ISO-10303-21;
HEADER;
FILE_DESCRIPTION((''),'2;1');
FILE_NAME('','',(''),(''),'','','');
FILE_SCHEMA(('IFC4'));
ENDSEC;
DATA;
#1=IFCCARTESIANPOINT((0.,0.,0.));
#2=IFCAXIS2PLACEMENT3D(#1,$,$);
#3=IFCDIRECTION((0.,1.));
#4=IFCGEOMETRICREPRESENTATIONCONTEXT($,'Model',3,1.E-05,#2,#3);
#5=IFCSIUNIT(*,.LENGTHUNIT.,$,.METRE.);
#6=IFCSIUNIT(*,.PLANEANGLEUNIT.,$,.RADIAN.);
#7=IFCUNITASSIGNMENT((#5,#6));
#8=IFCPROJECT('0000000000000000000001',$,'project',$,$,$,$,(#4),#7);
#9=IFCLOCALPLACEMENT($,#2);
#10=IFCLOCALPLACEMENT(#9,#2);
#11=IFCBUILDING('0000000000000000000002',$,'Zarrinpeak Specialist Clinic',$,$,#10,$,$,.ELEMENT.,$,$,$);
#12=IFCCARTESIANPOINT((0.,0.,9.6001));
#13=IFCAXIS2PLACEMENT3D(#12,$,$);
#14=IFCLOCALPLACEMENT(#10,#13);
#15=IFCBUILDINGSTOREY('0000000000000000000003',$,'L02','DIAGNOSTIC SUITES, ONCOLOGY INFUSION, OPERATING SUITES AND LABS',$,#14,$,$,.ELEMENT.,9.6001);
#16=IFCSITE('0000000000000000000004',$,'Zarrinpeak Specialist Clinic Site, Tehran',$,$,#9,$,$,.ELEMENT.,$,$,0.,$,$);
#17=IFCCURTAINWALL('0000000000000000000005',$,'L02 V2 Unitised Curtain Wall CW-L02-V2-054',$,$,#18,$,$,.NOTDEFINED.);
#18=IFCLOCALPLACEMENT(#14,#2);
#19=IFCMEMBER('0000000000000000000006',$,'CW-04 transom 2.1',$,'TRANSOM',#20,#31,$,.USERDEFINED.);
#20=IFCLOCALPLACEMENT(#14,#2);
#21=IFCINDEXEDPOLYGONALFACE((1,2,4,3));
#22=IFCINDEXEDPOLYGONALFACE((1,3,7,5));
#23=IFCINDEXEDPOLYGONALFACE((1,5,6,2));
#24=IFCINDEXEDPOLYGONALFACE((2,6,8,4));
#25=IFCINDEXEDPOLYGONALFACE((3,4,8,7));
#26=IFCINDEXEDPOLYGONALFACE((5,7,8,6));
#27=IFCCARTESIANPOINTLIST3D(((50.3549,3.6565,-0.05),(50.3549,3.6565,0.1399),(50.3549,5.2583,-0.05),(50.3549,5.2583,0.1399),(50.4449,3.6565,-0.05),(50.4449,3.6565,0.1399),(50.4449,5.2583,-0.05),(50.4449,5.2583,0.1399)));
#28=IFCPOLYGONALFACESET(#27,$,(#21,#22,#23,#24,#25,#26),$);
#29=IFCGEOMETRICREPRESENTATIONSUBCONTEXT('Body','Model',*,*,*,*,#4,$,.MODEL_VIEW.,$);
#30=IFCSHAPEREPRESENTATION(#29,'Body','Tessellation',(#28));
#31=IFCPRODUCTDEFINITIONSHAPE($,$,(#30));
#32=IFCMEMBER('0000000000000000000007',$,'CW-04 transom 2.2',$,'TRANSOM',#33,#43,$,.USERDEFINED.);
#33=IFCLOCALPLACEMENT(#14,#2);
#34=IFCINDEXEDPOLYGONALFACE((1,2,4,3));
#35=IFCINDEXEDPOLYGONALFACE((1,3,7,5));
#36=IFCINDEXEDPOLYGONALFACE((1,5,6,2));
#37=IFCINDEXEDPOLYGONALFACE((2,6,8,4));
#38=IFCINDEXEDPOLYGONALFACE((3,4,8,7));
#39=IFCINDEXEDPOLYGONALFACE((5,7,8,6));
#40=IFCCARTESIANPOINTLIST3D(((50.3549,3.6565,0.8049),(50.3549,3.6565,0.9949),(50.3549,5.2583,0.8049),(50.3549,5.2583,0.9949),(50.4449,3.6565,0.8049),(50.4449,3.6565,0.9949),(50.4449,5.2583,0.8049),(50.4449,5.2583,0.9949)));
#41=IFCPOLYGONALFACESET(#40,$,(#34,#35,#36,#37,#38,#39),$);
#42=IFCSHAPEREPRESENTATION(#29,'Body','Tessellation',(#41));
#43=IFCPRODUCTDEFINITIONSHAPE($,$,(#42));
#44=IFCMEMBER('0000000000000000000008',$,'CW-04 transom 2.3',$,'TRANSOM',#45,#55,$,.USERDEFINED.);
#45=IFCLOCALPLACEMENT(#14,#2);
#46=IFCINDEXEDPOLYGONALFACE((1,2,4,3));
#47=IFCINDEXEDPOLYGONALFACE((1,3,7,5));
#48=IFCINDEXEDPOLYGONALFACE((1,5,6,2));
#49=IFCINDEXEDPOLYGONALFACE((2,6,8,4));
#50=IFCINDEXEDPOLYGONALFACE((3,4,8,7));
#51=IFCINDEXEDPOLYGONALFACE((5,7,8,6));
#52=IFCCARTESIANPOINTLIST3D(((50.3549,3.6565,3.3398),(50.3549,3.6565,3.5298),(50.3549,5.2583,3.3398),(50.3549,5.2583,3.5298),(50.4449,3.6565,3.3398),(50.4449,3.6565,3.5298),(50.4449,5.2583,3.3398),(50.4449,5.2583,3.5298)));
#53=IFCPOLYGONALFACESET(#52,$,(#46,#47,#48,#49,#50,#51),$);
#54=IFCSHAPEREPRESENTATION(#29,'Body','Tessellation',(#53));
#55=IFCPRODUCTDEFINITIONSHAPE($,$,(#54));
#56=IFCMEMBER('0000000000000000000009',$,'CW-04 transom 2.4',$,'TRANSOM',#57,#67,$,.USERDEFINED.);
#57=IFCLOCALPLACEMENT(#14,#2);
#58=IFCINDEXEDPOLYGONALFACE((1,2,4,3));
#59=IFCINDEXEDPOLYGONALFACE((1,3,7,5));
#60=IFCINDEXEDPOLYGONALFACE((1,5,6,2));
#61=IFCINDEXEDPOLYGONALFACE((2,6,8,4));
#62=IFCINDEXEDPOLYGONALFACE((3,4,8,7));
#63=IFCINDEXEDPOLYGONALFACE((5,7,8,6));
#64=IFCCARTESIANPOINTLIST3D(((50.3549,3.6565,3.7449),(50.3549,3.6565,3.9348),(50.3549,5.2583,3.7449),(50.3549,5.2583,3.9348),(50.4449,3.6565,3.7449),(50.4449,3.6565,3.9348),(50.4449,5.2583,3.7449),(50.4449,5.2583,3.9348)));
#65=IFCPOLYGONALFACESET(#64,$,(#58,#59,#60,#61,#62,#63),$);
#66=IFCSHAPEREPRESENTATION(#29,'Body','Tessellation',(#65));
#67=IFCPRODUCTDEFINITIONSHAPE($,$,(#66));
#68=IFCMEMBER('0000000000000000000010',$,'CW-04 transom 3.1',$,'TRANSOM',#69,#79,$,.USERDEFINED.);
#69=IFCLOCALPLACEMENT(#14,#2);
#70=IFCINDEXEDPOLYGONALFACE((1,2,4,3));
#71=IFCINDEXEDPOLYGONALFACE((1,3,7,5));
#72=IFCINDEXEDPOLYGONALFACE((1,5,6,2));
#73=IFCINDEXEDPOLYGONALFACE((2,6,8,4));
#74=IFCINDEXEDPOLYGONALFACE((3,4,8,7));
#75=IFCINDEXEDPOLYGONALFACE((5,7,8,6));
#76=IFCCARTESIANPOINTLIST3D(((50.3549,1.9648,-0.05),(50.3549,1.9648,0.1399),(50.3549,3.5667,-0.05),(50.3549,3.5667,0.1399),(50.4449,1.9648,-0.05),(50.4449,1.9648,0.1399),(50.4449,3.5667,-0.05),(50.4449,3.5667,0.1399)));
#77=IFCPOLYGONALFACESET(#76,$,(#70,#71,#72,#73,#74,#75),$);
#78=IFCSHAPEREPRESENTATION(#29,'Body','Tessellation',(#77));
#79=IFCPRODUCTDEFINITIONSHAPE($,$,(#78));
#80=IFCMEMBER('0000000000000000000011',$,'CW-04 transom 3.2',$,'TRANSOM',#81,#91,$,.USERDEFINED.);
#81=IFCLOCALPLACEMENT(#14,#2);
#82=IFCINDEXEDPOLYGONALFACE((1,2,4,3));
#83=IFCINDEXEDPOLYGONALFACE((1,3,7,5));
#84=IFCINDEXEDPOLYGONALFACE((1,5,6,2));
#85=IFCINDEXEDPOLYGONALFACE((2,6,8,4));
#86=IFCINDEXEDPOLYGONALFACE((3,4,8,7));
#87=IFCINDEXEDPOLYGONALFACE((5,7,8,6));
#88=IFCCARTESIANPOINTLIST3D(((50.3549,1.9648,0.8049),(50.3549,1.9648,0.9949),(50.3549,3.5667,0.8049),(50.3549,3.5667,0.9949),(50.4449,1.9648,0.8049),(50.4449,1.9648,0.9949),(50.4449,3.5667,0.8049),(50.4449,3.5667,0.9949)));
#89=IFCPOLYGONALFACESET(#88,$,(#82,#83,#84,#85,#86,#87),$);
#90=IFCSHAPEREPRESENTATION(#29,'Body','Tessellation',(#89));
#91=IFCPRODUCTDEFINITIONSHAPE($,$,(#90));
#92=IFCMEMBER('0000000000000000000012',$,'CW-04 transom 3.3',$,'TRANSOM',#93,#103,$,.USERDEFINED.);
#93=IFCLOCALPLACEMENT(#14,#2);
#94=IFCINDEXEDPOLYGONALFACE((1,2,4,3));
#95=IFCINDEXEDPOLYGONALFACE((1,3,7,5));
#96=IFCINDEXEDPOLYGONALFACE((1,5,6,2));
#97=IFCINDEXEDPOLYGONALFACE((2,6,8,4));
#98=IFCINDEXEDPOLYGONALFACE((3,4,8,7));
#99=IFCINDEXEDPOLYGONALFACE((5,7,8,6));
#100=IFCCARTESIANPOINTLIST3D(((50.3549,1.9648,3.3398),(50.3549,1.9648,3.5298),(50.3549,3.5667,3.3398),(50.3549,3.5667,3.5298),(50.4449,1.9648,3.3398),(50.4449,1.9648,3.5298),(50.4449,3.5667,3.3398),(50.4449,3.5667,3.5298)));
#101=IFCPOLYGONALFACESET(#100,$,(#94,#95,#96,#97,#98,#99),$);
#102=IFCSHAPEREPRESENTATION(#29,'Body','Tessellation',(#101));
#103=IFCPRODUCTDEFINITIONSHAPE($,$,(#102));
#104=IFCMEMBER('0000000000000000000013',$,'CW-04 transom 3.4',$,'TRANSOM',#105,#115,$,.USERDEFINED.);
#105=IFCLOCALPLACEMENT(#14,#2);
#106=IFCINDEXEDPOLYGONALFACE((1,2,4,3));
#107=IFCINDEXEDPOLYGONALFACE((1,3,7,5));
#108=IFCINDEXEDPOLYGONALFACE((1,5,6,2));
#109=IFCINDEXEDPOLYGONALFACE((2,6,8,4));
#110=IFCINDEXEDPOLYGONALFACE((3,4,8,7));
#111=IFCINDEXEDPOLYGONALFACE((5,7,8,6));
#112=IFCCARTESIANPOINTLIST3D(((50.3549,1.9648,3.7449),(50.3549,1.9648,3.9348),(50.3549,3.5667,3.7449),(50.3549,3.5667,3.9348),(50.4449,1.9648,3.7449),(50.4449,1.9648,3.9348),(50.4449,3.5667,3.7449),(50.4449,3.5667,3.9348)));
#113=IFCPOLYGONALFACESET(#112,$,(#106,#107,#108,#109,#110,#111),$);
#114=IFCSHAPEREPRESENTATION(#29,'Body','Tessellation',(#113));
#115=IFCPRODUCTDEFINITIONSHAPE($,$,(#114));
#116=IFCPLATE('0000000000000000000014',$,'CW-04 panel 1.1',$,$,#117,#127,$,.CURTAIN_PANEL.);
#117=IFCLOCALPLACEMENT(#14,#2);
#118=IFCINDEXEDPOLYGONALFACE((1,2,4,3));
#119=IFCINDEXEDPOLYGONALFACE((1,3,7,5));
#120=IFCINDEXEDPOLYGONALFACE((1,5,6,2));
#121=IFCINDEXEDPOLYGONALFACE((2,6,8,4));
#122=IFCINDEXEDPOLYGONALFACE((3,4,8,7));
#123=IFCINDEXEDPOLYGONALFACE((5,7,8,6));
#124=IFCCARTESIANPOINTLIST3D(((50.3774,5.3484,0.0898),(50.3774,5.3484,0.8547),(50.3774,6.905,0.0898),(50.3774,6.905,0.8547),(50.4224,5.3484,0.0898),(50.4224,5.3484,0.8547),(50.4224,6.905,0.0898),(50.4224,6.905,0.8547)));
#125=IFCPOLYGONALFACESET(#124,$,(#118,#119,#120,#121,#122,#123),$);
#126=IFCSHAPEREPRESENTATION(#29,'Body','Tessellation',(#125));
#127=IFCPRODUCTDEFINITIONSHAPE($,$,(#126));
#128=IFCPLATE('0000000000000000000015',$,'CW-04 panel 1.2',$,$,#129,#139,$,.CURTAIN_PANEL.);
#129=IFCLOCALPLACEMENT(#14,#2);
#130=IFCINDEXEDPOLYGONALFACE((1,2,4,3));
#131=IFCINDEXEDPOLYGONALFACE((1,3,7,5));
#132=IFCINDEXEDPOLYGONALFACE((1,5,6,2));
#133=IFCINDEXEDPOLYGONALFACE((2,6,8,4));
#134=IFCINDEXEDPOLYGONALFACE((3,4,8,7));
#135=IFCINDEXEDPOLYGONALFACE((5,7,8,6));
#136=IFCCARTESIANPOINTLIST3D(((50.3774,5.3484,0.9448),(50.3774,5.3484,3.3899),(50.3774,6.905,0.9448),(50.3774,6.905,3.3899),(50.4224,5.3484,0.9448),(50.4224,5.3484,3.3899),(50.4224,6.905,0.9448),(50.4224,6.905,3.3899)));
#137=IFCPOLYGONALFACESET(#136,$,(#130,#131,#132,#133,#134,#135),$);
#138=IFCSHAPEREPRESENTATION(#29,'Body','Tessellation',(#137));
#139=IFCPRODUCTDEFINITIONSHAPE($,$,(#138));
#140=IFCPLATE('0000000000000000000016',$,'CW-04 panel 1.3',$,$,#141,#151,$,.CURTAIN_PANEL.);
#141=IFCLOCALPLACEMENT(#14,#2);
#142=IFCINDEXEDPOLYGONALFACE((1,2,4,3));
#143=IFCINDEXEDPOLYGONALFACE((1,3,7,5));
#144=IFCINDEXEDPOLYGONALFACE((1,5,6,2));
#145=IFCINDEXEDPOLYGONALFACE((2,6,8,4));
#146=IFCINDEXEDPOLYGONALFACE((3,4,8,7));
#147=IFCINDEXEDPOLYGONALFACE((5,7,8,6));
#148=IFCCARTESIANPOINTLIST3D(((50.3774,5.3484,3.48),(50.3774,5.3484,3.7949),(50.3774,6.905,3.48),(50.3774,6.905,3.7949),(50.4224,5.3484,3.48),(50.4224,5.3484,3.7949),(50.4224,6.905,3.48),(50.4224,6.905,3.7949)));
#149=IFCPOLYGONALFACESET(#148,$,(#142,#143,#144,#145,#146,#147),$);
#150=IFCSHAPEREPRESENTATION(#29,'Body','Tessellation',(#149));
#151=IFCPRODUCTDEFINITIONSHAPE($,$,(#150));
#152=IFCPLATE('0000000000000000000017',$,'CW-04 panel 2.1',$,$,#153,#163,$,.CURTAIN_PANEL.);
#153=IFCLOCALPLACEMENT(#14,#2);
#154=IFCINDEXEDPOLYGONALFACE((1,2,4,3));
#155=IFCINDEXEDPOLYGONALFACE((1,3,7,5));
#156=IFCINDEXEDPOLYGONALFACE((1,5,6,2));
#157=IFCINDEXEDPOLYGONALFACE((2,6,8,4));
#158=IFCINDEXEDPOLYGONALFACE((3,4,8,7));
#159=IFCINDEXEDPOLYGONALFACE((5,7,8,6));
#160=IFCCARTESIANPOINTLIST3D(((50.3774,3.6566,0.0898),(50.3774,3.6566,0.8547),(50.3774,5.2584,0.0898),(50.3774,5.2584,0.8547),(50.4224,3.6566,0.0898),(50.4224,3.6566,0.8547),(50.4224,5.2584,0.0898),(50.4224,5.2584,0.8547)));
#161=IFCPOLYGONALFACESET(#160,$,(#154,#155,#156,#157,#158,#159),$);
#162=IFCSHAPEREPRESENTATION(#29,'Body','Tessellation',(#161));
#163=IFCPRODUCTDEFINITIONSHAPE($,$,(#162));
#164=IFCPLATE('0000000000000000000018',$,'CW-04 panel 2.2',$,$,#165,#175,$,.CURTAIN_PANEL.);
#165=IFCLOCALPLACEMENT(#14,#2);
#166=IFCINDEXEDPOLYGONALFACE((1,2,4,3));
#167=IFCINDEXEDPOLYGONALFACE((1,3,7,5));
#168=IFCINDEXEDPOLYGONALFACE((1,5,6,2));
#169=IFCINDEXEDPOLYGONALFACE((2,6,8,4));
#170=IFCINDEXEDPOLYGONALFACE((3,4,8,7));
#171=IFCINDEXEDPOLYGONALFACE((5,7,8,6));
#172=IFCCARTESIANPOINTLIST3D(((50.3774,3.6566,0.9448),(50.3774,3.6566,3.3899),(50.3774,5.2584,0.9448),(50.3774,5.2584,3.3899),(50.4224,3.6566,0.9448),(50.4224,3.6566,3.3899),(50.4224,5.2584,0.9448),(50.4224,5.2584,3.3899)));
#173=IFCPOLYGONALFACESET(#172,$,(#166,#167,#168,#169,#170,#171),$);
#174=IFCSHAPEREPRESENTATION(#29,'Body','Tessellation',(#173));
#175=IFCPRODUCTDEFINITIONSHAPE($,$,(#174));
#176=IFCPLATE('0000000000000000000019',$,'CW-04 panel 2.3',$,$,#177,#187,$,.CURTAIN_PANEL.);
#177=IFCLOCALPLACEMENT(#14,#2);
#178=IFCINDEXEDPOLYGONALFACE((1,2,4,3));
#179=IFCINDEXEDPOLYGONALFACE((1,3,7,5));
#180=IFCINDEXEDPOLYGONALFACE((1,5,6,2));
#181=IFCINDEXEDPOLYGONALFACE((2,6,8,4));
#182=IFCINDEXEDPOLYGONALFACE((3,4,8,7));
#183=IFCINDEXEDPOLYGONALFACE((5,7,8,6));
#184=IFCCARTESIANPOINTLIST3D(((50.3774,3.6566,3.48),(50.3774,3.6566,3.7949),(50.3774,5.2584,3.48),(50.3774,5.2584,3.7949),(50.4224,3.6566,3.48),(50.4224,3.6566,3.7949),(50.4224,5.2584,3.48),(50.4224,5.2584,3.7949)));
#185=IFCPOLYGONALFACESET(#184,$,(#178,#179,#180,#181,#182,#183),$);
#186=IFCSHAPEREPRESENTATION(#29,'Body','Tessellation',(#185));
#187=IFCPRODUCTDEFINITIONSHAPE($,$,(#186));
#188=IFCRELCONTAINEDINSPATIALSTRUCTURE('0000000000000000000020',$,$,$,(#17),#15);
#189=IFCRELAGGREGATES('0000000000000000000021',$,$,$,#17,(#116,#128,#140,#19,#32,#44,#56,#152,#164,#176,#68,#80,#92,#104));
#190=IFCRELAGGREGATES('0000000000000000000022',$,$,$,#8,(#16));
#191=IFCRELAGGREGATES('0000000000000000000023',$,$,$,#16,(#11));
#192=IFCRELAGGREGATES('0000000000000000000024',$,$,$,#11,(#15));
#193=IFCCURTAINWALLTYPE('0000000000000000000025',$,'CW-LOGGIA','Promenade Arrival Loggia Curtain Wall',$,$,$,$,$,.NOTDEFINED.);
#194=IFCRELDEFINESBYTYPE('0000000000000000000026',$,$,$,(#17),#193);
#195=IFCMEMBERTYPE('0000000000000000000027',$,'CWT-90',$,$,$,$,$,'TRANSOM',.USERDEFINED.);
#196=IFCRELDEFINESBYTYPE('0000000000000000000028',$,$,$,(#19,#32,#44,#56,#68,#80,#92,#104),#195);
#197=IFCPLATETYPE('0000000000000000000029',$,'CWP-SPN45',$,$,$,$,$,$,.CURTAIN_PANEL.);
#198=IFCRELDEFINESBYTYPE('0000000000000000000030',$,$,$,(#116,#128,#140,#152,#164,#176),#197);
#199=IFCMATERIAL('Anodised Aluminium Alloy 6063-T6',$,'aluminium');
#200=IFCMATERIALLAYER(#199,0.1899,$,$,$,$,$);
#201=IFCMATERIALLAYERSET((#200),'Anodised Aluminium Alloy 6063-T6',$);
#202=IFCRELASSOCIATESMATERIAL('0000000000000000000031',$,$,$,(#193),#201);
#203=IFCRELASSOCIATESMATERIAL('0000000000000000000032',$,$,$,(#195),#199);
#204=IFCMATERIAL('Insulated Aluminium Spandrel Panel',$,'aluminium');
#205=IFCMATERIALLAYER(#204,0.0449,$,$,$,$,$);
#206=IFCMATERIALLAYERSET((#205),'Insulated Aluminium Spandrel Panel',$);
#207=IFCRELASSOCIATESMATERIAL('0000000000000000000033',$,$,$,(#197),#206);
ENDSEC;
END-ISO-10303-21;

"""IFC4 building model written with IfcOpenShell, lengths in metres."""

from ifc_helpers import new_model, si_unit, direction, frame, origin, origin_2d, place, context, subcontext, project, spatial, rectangle, extrude, material, layer, layer_set, material_profile, profile_set, type_object, element, aggregate, save


model = new_model("IFC4")

# Units and contexts
model_context = context("Model", 3, precision=1e-05, world=origin(), true_north=direction((0.0, 1.0)))
body_context = subcontext(model_context, "Body", "Model", "MODEL_VIEW")
ifc_project = project(units=[si_unit("LENGTHUNIT", "METRE"), si_unit("PLANEANGLEUNIT", "RADIAN")], contexts=[model_context])

# Site, building, storey
site_placement = place(None, origin())
site = spatial("IfcSite", under=ifc_project, at=site_placement, Name="Zarrinpeak Specialist Clinic Site, Tehran", CompositionType="ELEMENT", RefElevation=0.0)
building_placement = place(site_placement, origin())
building = spatial("IfcBuilding", under=site, at=building_placement, Name="Zarrinpeak Specialist Clinic", CompositionType="ELEMENT")
storey_placement = place(building_placement, frame((0.0, 0.0, 9.6001)))
storey = spatial("IfcBuildingStorey", under=building, at=storey_placement, Name="L02", Description="DIAGNOSTIC SUITES, ONCOLOGY INFUSION, OPERATING SUITES AND LABS", CompositionType="ELEMENT", Elevation=9.6001)

# Curtain wall, members, plates
ifc_material_1 = material(Name="Anodised Aluminium Alloy 6063-T6", Category="aluminium")
ifc_layer_1 = layer(ifc_material_1, 0.1899)
ifc_layer_set_1 = layer_set([ifc_layer_1], Name="Anodised Aluminium Alloy 6063-T6")
curtain_wall_type = type_object("IfcCurtainWallType", Name="CW-LOGGIA", Description="Promenade Arrival Loggia Curtain Wall", PredefinedType="NOTDEFINED", material=ifc_layer_set_1)
curtain_wall_placement = place(storey_placement, origin())
curtain_wall = element("IfcCurtainWall", 1, at=curtain_wall_placement, inside=storey, type_object=curtain_wall_type, Name="L02 V2 Unitised Curtain Wall CW-L02-V2-054", PredefinedType="NOTDEFINED")
ifc_material_profile_1 = material_profile(ifc_material_1, rectangle(XDim=0.0901, YDim=0.1899, at=origin_2d()), Name="ALU 90x190")
ifc_profile_set_1 = profile_set([ifc_material_profile_1], Name="Anodised Aluminium Alloy 6063-T6")
member_type_1 = type_object("IfcMemberType", Name="CWT-90", ElementType="TRANSOM", PredefinedType="USERDEFINED", material=ifc_profile_set_1)
member_1_placement = place(storey_placement, frame((50.3999, 5.2583, 0.0449), z_axis=(0.0, -1.0, 0.0), x_axis=(1.0, 0.0, 0.0)))
member_1 = element("IfcMember", 2, at=member_1_placement, type_object=member_type_1, Name="CW-04 transom 2.1", ObjectType="TRANSOM", PredefinedType="USERDEFINED", context=body_context, shape_type="SweptSolid", body=[
    extrude(rectangle(XDim=0.0901, YDim=0.1899, at=origin_2d()), origin(), (0.0, 0.0, 1.0), 1.6018),
])
member_2_placement = place(storey_placement, frame((50.3999, 5.2583, 0.8999), z_axis=(0.0, -1.0, 0.0), x_axis=(1.0, 0.0, 0.0)))
member_2 = element("IfcMember", 3, at=member_2_placement, type_object=member_type_1, Name="CW-04 transom 2.2", ObjectType="TRANSOM", PredefinedType="USERDEFINED", context=body_context, shape_type="SweptSolid", body=[
    extrude(rectangle(XDim=0.0901, YDim=0.1899, at=origin_2d()), origin(), (0.0, 0.0, 1.0), 1.6018),
])
member_3_placement = place(storey_placement, frame((50.3999, 5.2583, 3.4348), z_axis=(0.0, -1.0, 0.0), x_axis=(1.0, 0.0, 0.0)))
member_3 = element("IfcMember", 4, at=member_3_placement, type_object=member_type_1, Name="CW-04 transom 2.3", ObjectType="TRANSOM", PredefinedType="USERDEFINED", context=body_context, shape_type="SweptSolid", body=[
    extrude(rectangle(XDim=0.0901, YDim=0.1899, at=origin_2d()), origin(), (0.0, 0.0, 1.0), 1.6018),
])
member_4_placement = place(storey_placement, frame((50.3999, 5.2583, 3.8398), z_axis=(0.0, -1.0, 0.0), x_axis=(1.0, 0.0, 0.0)))
member_4 = element("IfcMember", 5, at=member_4_placement, type_object=member_type_1, Name="CW-04 transom 2.4", ObjectType="TRANSOM", PredefinedType="USERDEFINED", context=body_context, shape_type="SweptSolid", body=[
    extrude(rectangle(XDim=0.0901, YDim=0.1899, at=origin_2d()), origin(), (0.0, 0.0, 1.0), 1.6018),
])
member_5_placement = place(storey_placement, frame((50.3999, 3.5667, 0.0449), z_axis=(0.0, -1.0, 0.0), x_axis=(1.0, 0.0, 0.0)))
member_5 = element("IfcMember", 6, at=member_5_placement, type_object=member_type_1, Name="CW-04 transom 3.1", ObjectType="TRANSOM", PredefinedType="USERDEFINED", context=body_context, shape_type="SweptSolid", body=[
    extrude(rectangle(XDim=0.0901, YDim=0.1899, at=origin_2d()), origin(), (0.0, 0.0, 1.0), 1.6018),
])
member_6_placement = place(storey_placement, frame((50.3999, 3.5667, 0.8999), z_axis=(0.0, -1.0, 0.0), x_axis=(1.0, 0.0, 0.0)))
member_6 = element("IfcMember", 7, at=member_6_placement, type_object=member_type_1, Name="CW-04 transom 3.2", ObjectType="TRANSOM", PredefinedType="USERDEFINED", context=body_context, shape_type="SweptSolid", body=[
    extrude(rectangle(XDim=0.0901, YDim=0.1899, at=origin_2d()), origin(), (0.0, 0.0, 1.0), 1.6018),
])
member_7_placement = place(storey_placement, frame((50.3999, 3.5667, 3.4348), z_axis=(0.0, -1.0, 0.0), x_axis=(1.0, 0.0, 0.0)))
member_7 = element("IfcMember", 8, at=member_7_placement, type_object=member_type_1, Name="CW-04 transom 3.3", ObjectType="TRANSOM", PredefinedType="USERDEFINED", context=body_context, shape_type="SweptSolid", body=[
    extrude(rectangle(XDim=0.0901, YDim=0.1899, at=origin_2d()), origin(), (0.0, 0.0, 1.0), 1.6018),
])
member_8_placement = place(storey_placement, frame((50.3999, 3.5667, 3.8398), z_axis=(0.0, -1.0, 0.0), x_axis=(1.0, 0.0, 0.0)))
member_8 = element("IfcMember", 9, at=member_8_placement, type_object=member_type_1, Name="CW-04 transom 3.4", ObjectType="TRANSOM", PredefinedType="USERDEFINED", context=body_context, shape_type="SweptSolid", body=[
    extrude(rectangle(XDim=0.0901, YDim=0.1899, at=origin_2d()), origin(), (0.0, 0.0, 1.0), 1.6018),
])
ifc_material_2 = material(Name="Insulated Aluminium Spandrel Panel", Category="aluminium")
ifc_layer_2 = layer(ifc_material_2, 0.0449)
ifc_layer_set_2 = layer_set([ifc_layer_2], Name="Insulated Aluminium Spandrel Panel")
plate_type = type_object("IfcPlateType", Name="CWP-SPN45", PredefinedType="CURTAIN_PANEL", material=ifc_layer_set_2)
plate_1_placement = place(storey_placement, frame((50.3999, 6.1267, 0.0898), z_axis=(0.0, 0.0, 1.0), x_axis=(0.0, -1.0, 0.0)))
plate_1 = element("IfcPlate", 10, at=plate_1_placement, type_object=plate_type, Name="CW-04 panel 1.1", PredefinedType="CURTAIN_PANEL", context=body_context, shape_type="SweptSolid", body=[
    extrude(rectangle(XDim=1.5566, YDim=0.0449, at=origin_2d()), origin(), (0.0, 0.0, 1.0), 0.7649),
])
plate_2_placement = place(storey_placement, frame((50.3999, 6.1267, 0.9448), z_axis=(0.0, 0.0, 1.0), x_axis=(0.0, -1.0, 0.0)))
plate_2 = element("IfcPlate", 11, at=plate_2_placement, type_object=plate_type, Name="CW-04 panel 1.2", PredefinedType="CURTAIN_PANEL", context=body_context, shape_type="SweptSolid", body=[
    extrude(rectangle(XDim=1.5566, YDim=0.0449, at=origin_2d()), origin(), (0.0, 0.0, 1.0), 2.4451),
])
plate_3_placement = place(storey_placement, frame((50.3999, 6.1267, 3.48), z_axis=(0.0, 0.0, 1.0), x_axis=(0.0, -1.0, 0.0)))
plate_3 = element("IfcPlate", 12, at=plate_3_placement, type_object=plate_type, Name="CW-04 panel 1.3", PredefinedType="CURTAIN_PANEL", context=body_context, shape_type="SweptSolid", body=[
    extrude(rectangle(XDim=1.5566, YDim=0.0449, at=origin_2d()), origin(), (0.0, 0.0, 1.0), 0.3149),
])
plate_4_placement = place(storey_placement, frame((50.3999, 4.4575, 0.0898), z_axis=(0.0, 0.0, 1.0), x_axis=(0.0, -1.0, 0.0)))
plate_4 = element("IfcPlate", 13, at=plate_4_placement, type_object=plate_type, Name="CW-04 panel 2.1", PredefinedType="CURTAIN_PANEL", context=body_context, shape_type="SweptSolid", body=[
    extrude(rectangle(XDim=1.6018, YDim=0.0449, at=origin_2d()), origin(), (0.0, 0.0, 1.0), 0.7649),
])
plate_5_placement = place(storey_placement, frame((50.3999, 4.4575, 0.9448), z_axis=(0.0, 0.0, 1.0), x_axis=(0.0, -1.0, 0.0)))
plate_5 = element("IfcPlate", 14, at=plate_5_placement, type_object=plate_type, Name="CW-04 panel 2.2", PredefinedType="CURTAIN_PANEL", context=body_context, shape_type="SweptSolid", body=[
    extrude(rectangle(XDim=1.6018, YDim=0.0449, at=origin_2d()), origin(), (0.0, 0.0, 1.0), 2.4451),
])
plate_6_placement = place(storey_placement, frame((50.3999, 4.4575, 3.48), z_axis=(0.0, 0.0, 1.0), x_axis=(0.0, -1.0, 0.0)))
plate_6 = element("IfcPlate", 15, at=plate_6_placement, type_object=plate_type, Name="CW-04 panel 2.3", PredefinedType="CURTAIN_PANEL", context=body_context, shape_type="SweptSolid", body=[
    extrude(rectangle(XDim=1.6018, YDim=0.0449, at=origin_2d()), origin(), (0.0, 0.0, 1.0), 0.3149),
])
aggregate(curtain_wall, [plate_1, plate_2, plate_3, member_1, member_2, member_3, member_4, plate_4, plate_5, plate_6, member_5, member_6, member_7, member_8])

save(model, "model.ifc")
